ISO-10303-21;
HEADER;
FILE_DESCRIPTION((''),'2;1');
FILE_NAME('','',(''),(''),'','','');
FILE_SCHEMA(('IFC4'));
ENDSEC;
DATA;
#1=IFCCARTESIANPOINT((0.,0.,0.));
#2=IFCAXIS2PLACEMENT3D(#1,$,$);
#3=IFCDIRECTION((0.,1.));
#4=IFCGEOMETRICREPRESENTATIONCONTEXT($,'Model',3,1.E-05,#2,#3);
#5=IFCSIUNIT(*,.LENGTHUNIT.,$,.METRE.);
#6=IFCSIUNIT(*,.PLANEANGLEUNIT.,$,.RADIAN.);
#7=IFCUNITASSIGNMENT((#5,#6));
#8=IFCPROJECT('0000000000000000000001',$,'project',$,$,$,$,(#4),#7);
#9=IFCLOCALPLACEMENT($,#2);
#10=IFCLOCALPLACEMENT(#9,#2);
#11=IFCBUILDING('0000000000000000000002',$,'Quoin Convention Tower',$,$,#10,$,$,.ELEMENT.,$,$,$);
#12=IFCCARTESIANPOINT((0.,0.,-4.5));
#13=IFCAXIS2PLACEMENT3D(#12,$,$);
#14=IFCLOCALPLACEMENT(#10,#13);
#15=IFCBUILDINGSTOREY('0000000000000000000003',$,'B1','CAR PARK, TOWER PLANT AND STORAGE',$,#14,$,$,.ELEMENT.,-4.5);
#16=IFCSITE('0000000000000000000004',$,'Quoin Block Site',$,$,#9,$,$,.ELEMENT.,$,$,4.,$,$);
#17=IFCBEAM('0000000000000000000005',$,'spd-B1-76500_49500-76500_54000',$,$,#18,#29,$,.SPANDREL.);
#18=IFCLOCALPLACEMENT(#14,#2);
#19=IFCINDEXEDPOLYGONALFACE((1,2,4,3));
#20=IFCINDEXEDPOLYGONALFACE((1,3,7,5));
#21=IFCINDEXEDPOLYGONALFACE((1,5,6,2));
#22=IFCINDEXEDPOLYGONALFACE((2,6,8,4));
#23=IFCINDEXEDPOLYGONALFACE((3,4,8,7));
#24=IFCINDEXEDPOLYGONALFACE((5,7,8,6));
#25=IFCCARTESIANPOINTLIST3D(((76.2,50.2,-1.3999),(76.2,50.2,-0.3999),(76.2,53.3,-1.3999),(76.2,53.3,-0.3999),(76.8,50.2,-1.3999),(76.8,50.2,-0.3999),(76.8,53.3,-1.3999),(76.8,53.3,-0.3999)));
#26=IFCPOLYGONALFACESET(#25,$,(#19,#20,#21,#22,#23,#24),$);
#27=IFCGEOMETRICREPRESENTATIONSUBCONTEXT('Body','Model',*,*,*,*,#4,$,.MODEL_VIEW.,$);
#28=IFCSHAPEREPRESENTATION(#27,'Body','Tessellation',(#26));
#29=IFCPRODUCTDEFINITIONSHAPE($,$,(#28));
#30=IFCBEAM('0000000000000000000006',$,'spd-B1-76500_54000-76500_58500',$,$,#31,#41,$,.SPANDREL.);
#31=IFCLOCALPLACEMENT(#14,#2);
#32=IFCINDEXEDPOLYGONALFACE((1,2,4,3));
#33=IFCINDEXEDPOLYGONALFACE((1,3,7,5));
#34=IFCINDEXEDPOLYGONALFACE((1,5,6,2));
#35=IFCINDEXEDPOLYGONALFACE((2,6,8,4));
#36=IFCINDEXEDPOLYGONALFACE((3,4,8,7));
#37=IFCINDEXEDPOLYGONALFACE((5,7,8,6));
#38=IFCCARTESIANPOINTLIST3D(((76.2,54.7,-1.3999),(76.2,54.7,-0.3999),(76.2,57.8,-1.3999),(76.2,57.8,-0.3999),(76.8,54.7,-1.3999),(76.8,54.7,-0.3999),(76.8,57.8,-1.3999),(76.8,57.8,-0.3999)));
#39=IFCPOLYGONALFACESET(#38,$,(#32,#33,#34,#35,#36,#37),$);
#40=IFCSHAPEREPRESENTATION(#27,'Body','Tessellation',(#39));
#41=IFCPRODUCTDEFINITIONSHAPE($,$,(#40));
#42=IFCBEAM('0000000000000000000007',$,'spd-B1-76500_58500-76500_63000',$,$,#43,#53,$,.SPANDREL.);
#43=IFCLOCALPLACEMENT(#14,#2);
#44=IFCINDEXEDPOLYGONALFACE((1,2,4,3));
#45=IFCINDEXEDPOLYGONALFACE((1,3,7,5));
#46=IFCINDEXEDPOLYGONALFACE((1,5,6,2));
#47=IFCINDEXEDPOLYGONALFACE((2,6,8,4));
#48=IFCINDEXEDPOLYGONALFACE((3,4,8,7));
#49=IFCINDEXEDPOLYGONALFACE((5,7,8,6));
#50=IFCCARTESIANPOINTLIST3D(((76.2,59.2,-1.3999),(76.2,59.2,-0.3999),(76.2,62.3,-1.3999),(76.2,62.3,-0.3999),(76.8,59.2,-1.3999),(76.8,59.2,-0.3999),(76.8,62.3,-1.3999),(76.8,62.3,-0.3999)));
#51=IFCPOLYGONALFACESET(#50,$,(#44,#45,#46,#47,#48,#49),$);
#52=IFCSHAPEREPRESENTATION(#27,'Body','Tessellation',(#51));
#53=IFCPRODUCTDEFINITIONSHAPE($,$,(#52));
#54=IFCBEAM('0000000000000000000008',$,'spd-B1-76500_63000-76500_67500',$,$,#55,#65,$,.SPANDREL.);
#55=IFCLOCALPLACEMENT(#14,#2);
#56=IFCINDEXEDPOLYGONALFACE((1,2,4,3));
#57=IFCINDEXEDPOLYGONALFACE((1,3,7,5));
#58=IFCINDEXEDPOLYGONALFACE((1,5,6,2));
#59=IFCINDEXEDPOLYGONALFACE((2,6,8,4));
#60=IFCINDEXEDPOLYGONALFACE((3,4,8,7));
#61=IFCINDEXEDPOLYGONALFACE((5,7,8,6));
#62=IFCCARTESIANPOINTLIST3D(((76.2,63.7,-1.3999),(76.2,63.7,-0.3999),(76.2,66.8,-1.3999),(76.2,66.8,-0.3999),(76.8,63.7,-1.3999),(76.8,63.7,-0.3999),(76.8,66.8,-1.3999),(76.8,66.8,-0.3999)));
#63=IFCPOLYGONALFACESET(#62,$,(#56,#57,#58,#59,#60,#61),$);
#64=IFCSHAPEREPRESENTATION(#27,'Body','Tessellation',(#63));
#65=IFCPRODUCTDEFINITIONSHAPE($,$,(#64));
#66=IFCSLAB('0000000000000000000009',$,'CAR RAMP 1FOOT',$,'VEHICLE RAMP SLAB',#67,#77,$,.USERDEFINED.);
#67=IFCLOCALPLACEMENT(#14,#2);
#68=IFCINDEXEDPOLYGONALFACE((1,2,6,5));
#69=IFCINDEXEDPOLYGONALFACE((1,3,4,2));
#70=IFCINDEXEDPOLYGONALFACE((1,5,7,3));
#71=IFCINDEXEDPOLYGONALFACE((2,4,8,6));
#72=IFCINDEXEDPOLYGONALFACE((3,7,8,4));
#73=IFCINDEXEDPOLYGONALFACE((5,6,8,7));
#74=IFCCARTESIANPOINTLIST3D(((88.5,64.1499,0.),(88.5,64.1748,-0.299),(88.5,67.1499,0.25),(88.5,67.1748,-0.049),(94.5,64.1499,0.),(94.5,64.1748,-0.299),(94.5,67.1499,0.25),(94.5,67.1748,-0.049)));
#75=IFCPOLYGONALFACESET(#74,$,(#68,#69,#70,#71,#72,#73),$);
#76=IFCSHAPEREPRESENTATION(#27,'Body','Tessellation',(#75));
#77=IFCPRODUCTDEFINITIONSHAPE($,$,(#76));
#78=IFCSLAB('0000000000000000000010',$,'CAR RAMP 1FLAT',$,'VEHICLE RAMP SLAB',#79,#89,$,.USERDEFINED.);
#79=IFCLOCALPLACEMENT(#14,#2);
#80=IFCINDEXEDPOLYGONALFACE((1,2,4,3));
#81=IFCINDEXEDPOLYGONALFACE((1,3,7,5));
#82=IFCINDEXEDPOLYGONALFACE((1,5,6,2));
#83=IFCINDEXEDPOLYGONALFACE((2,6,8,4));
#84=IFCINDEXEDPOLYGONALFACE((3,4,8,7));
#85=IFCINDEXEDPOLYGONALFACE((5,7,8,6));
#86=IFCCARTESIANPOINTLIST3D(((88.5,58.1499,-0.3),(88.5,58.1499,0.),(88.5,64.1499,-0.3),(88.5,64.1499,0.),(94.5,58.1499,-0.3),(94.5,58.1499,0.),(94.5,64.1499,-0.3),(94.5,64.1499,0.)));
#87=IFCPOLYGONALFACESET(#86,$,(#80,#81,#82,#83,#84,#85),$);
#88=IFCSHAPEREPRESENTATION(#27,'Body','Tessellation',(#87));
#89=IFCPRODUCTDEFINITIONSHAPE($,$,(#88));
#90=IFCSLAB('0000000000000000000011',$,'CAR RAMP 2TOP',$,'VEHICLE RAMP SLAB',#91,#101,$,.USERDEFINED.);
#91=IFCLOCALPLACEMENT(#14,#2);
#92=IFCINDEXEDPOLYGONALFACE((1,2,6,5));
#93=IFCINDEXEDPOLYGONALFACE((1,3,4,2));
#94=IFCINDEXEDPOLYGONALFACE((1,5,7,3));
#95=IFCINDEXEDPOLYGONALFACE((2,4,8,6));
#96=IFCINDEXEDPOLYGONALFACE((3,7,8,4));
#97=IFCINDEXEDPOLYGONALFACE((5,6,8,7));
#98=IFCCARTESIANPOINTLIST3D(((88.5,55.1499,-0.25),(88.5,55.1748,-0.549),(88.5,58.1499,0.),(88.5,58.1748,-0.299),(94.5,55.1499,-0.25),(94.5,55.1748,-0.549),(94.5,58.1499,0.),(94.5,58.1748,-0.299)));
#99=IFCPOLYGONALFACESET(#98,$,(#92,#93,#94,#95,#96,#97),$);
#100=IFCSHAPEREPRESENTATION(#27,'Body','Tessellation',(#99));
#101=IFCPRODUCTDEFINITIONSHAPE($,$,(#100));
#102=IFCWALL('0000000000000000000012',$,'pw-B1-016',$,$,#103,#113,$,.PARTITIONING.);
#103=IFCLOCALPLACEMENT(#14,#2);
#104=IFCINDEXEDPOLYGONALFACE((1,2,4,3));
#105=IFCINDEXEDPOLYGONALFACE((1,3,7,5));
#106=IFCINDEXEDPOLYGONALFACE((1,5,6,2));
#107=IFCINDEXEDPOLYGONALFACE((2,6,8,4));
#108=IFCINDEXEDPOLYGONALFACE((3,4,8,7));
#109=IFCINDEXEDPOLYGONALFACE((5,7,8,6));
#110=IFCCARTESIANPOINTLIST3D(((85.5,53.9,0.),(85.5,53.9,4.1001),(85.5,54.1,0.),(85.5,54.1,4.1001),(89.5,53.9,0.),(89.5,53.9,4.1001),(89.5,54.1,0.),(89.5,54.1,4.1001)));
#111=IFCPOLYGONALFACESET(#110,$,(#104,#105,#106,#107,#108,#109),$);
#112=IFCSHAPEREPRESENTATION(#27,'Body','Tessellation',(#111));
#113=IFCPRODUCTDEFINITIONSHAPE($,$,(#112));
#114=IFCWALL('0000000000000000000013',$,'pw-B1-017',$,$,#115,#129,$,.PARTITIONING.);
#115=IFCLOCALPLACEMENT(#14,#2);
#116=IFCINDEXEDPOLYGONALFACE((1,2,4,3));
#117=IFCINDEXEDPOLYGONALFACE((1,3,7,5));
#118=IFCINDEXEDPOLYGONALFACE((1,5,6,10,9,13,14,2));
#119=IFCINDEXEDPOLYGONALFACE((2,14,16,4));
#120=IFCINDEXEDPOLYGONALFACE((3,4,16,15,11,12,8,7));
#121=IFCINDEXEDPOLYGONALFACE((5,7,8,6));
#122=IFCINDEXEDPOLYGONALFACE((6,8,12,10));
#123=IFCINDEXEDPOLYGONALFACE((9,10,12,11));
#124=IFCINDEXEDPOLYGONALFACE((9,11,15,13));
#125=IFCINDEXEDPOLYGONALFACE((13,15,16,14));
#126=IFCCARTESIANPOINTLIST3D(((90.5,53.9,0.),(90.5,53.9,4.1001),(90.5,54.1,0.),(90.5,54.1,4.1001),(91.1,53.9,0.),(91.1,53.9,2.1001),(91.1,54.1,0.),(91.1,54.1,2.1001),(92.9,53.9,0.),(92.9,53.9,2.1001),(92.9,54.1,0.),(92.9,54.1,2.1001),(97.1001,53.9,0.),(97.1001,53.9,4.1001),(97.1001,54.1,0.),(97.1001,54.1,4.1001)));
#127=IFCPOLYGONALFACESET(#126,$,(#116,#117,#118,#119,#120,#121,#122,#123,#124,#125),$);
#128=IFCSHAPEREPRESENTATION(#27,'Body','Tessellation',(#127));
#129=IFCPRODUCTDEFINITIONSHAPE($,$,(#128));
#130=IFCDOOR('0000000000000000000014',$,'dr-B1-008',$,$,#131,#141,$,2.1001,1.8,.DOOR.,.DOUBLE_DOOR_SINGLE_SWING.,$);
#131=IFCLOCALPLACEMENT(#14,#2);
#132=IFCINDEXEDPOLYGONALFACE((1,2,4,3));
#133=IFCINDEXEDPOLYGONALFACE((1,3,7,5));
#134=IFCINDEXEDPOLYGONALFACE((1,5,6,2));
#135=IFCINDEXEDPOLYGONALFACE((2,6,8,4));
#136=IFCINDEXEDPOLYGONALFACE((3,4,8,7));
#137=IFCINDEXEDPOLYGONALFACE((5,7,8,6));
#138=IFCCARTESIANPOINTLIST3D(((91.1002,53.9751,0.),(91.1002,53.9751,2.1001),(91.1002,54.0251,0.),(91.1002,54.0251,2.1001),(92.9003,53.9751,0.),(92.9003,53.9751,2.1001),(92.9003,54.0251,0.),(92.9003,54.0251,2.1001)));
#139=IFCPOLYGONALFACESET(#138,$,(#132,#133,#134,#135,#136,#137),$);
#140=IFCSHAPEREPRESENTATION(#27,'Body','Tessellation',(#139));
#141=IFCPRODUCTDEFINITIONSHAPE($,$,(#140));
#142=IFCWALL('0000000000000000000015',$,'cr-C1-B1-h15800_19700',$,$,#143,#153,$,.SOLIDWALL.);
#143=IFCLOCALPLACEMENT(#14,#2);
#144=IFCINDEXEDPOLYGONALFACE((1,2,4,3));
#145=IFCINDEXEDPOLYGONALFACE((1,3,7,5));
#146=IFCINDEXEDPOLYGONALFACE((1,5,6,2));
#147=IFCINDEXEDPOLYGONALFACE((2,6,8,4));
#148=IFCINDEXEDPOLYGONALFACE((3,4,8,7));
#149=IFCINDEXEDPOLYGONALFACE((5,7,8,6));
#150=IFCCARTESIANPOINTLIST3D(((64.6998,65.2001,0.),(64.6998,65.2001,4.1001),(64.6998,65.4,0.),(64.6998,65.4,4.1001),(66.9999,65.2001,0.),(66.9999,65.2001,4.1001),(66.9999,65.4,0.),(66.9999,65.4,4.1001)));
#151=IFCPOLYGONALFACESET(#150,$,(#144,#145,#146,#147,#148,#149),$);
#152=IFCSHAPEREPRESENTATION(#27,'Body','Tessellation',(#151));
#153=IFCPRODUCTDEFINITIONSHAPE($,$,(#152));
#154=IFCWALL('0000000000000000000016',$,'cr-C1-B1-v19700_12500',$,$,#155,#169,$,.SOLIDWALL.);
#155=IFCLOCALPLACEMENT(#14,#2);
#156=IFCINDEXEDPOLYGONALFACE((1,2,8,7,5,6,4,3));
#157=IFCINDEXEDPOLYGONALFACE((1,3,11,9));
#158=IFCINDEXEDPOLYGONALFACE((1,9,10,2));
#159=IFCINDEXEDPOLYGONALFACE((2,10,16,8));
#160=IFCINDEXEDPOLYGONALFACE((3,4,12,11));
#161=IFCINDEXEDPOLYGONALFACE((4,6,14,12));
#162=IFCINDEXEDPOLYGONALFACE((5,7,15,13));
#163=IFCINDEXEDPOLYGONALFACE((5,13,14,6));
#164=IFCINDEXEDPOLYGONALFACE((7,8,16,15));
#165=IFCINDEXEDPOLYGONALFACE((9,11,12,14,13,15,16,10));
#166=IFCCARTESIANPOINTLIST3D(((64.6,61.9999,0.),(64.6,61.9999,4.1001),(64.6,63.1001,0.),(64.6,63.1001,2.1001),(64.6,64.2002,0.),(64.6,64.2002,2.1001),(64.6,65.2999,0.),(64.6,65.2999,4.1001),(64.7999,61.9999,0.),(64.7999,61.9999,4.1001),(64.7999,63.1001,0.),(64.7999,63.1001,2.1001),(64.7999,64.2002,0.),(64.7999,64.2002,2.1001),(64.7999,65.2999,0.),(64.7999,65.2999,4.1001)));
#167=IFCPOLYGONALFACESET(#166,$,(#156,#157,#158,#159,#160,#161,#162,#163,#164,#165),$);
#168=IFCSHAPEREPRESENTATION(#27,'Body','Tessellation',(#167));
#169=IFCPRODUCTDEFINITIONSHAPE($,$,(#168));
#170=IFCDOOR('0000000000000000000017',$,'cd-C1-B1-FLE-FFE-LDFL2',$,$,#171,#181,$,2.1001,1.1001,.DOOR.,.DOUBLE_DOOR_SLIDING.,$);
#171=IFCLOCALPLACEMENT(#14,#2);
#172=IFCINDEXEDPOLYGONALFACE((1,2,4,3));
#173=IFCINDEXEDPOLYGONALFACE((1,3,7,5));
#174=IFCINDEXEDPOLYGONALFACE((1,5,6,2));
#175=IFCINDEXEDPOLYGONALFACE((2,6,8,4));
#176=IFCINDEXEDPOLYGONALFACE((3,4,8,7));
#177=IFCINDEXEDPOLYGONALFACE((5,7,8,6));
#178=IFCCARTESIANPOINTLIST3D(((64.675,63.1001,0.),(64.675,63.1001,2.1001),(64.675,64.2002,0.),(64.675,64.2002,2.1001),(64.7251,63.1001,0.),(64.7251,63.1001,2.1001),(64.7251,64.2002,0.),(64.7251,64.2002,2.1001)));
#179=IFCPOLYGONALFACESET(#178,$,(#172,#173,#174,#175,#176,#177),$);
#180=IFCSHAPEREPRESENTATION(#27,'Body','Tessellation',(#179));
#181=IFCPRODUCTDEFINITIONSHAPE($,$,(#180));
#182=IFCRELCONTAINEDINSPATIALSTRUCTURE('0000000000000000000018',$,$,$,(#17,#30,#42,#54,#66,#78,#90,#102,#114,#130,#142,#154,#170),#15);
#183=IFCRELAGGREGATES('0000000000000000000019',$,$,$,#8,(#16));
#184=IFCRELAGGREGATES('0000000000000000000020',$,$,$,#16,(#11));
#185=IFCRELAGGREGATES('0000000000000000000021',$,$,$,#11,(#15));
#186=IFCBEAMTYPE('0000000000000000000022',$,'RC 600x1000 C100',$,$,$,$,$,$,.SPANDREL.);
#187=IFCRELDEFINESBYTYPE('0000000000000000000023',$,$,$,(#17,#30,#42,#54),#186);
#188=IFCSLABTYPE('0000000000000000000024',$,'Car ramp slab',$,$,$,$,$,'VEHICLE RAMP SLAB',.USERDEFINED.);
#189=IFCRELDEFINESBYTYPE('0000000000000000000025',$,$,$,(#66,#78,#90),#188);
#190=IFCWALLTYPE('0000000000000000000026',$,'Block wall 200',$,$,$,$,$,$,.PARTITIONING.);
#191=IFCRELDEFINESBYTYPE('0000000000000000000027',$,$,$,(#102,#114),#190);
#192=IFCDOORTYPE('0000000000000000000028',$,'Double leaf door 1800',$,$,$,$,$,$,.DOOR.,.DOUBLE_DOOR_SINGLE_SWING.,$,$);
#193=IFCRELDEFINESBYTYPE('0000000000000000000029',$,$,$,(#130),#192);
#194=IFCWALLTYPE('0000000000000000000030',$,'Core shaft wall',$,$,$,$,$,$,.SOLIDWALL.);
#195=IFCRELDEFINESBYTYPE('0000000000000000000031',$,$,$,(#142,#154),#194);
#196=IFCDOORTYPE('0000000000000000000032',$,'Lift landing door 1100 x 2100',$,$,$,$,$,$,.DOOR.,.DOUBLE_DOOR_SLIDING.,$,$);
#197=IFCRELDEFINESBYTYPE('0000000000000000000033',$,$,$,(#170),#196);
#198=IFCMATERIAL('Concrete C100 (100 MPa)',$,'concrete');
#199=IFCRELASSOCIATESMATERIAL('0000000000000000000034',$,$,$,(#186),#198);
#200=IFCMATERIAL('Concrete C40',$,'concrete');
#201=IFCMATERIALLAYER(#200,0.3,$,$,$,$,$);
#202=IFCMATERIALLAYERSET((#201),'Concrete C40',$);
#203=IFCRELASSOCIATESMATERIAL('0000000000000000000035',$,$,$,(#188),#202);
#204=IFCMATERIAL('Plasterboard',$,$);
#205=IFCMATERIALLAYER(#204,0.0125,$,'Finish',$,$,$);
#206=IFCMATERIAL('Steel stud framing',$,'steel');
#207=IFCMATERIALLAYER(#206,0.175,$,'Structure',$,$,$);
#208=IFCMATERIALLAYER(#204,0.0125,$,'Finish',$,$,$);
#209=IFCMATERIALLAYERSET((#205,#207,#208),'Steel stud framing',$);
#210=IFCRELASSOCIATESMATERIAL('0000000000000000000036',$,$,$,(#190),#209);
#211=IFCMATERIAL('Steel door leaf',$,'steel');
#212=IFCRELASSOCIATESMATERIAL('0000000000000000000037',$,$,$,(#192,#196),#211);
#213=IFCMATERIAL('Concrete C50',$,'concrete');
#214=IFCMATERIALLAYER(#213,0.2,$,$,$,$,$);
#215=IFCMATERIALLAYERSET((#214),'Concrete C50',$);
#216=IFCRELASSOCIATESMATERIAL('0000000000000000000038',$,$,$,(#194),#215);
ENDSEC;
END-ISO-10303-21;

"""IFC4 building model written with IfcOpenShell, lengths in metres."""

from ifc_helpers import new_model, si_unit, direction, frame, frame_2d, origin, origin_2d, place, context, subcontext, project, spatial, polyline, rectangle, outline, extrude, material, layer, layer_set, material_profile, profile_set, type_object, element, fill, save


model = new_model("IFC4")

# Units and contexts
model_context = context("Model", 3, precision=1e-05, world=origin(), true_north=direction((0.0, 1.0)))
body_context = subcontext(model_context, "Body", "Model", "MODEL_VIEW")
ifc_project = project(units=[si_unit("LENGTHUNIT", "METRE"), si_unit("PLANEANGLEUNIT", "RADIAN")], contexts=[model_context])

# Site, building, storey
site_placement = place(None, origin())
site = spatial("IfcSite", under=ifc_project, at=site_placement, Name="Quoin Block Site", CompositionType="ELEMENT", RefElevation=4.0)
building_placement = place(site_placement, origin())
building = spatial("IfcBuilding", under=site, at=building_placement, Name="Quoin Convention Tower", CompositionType="ELEMENT")
storey_placement = place(building_placement, frame((0.0, 0.0, -4.5)))
storey = spatial("IfcBuildingStorey", under=building, at=storey_placement, Name="B1", Description="CAR PARK, TOWER PLANT AND STORAGE", CompositionType="ELEMENT", Elevation=-4.5)

# Shared definitions
ifc_material_1 = material(Name="Concrete C100 (100 MPa)", Category="concrete")

# Beams
ifc_material_profile_1 = material_profile(ifc_material_1, rectangle(XDim=0.6001, YDim=1.0, at=origin_2d()), Name="RC 600x1000")
ifc_profile_set_1 = profile_set([ifc_material_profile_1], Name="Concrete C100 (100 MPa)")
beam_type = type_object("IfcBeamType", Name="RC 600x1000 C100", PredefinedType="SPANDREL", material=ifc_profile_set_1)
for number, where, z_axis, x_axis, name in (
    (1, (76.5, 50.2, -0.8999), (0.0, 1.0, 0.0), (-1.0, 0.0, 0.0), "spd-B1-76500_49500-76500_54000"),
    (2, (76.5, 54.7, -0.8999), (0.0, 1.0, 0.0), (-1.0, 0.0, 0.0), "spd-B1-76500_54000-76500_58500"),
    (3, (76.5, 59.2, -0.8999), (0.0, 1.0, 0.0), (-1.0, 0.0, 0.0), "spd-B1-76500_58500-76500_63000"),
    (4, (76.5, 63.7, -0.8999), (0.0, 1.0, 0.0), (-1.0, 0.0, 0.0), "spd-B1-76500_63000-76500_67500"),
):
    element("IfcBeam", number, at=place(storey_placement, frame(where, z_axis=z_axis, x_axis=x_axis)), inside=storey, type_object=beam_type, Name=name, PredefinedType="SPANDREL", context=body_context, shape_type="SweptSolid", body=[
        extrude(rectangle(XDim=0.6001, YDim=1.0, at=origin_2d()), origin(), (0.0, 0.0, 1.0), 3.1001),
    ])

# Slabs
ifc_material_2 = material(Name="Concrete C40", Category="concrete")
ifc_layer_1 = layer(ifc_material_2, 0.3)
ifc_layer_set_1 = layer_set([ifc_layer_1], Name="Concrete C40")
slab_type = type_object("IfcSlabType", Name="Car ramp slab", ElementType="VEHICLE RAMP SLAB", PredefinedType="USERDEFINED", material=ifc_layer_set_1)
slab_1_placement = place(storey_placement, frame((88.5, 67.1499, 0.25), z_axis=(0.0, -0.083045, 0.996546), x_axis=(1.0, 0.0, 0.0)))
element("IfcSlab", 5, at=slab_1_placement, inside=storey, type_object=slab_type, Name="CAR RAMP 1FOOT", ObjectType="VEHICLE RAMP SLAB", PredefinedType="USERDEFINED", context=body_context, shape_type="SweptSolid", body=[
    extrude(outline(polyline([(0.0, 0.0), (6.0, 0.0), (6.0, -3.0104), (0.0, -3.0104), (0.0, 0.0)])), origin(), (0.0, 0.0, -1.0), 0.3),
])
slab_2_placement = place(storey_placement, frame((88.5, 64.1499, 0.0), z_axis=(0.0, 0.0, 1.0), x_axis=(1.0, 0.0, 0.0)))
element("IfcSlab", 6, at=slab_2_placement, inside=storey, type_object=slab_type, Name="CAR RAMP 1FLAT", ObjectType="VEHICLE RAMP SLAB", PredefinedType="USERDEFINED", context=body_context, shape_type="SweptSolid", body=[
    extrude(outline(polyline([(0.0, 0.0), (6.0, 0.0), (6.0, -6.0), (0.0, -6.0), (0.0, 0.0)])), origin(), (0.0, 0.0, -1.0), 0.3),
])
slab_3_placement = place(storey_placement, frame((88.5, 58.1499, 0.0), z_axis=(0.0, -0.083045, 0.996546), x_axis=(1.0, 0.0, 0.0)))
element("IfcSlab", 7, at=slab_3_placement, inside=storey, type_object=slab_type, Name="CAR RAMP 2TOP", ObjectType="VEHICLE RAMP SLAB", PredefinedType="USERDEFINED", context=body_context, shape_type="SweptSolid", body=[
    extrude(outline(polyline([(0.0, 0.0), (6.0, 0.0), (6.0, -3.0104), (0.0, -3.0104), (0.0, 0.0)])), origin(), (0.0, 0.0, -1.0), 0.3),
])

# Wall
ifc_material_3 = material(Name="Plasterboard")
ifc_layer_2 = layer(ifc_material_3, 0.0125, Name="Finish")
ifc_material_4 = material(Name="Steel stud framing", Category="steel")
ifc_layer_3 = layer(ifc_material_4, 0.175, Name="Structure")
ifc_layer_4 = layer(ifc_material_3, 0.0125, Name="Finish")
ifc_layer_set_2 = layer_set([ifc_layer_2, ifc_layer_3, ifc_layer_4], Name="Steel stud framing")
wall_type_1 = type_object("IfcWallType", Name="Block wall 200", PredefinedType="PARTITIONING", material=ifc_layer_set_2)
wall_1_placement = place(storey_placement, frame((85.5, 54.0, 0.0), z_axis=(0.0, 0.0, 1.0), x_axis=(1.0, 0.0, 0.0)))
element("IfcWall", 8, at=wall_1_placement, inside=storey, type_object=wall_type_1, Name="pw-B1-016", PredefinedType="PARTITIONING", context=body_context, shape_type="SweptSolid", body=[
    extrude(rectangle(XDim=4.0, YDim=0.2, at=frame_2d((2.0, 0.0))), origin(), (0.0, 0.0, 1.0), 4.1001),
])

# Wall, opening, door
wall_2_placement = place(storey_placement, frame((90.5, 54.0, 0.0), z_axis=(0.0, 0.0, 1.0), x_axis=(1.0, 0.0, 0.0)))
wall_2 = element("IfcWall", 9, at=wall_2_placement, inside=storey, type_object=wall_type_1, Name="pw-B1-017", PredefinedType="PARTITIONING", context=body_context, shape_type="SweptSolid", body=[
    extrude(rectangle(XDim=6.6001, YDim=0.2, at=frame_2d((3.3, 0.0))), origin(), (0.0, 0.0, 1.0), 4.1001),
])
opening_1_placement = place(wall_2_placement, frame((0.6001, 0.0, 0.0)))
opening_1 = element("IfcOpeningElement", 10, at=opening_1_placement, cuts=wall_2, PredefinedType="OPENING", context=body_context, shape_type="SweptSolid", body=[
    extrude(rectangle(XDim=1.8, YDim=2.1001, at=frame_2d((0.8999, 1.05))), frame((0.0, 0.1099, 0.0), z_axis=(0.0, -1.0, 0.0), x_axis=(1.0, 0.0, 0.0)), (0.0, 0.0, 1.0), 0.22),
])
ifc_material_5 = material(Name="Steel door leaf", Category="steel")
door_type_1 = type_object("IfcDoorType", Name="Double leaf door 1800", OperationType="DOUBLE_DOOR_SINGLE_SWING", PredefinedType="DOOR", material=ifc_material_5)
door_1_placement = place(opening_1_placement, frame((1.8, 0.0, 0.0), z_axis=(0.0, 0.0, 1.0), x_axis=(-1.0, 0.0, 0.0)))
door_1 = element("IfcDoor", 11, at=door_1_placement, inside=storey, type_object=door_type_1, Name="dr-B1-008", OperationType="DOUBLE_DOOR_SINGLE_SWING", OverallHeight=2.1001, OverallWidth=1.8, PredefinedType="DOOR", context=body_context, shape_type="SweptSolid", body=[
    extrude(rectangle(XDim=1.8, YDim=2.1001, at=frame_2d((0.8999, 1.05))), frame((0.0, 0.0249, 0.0), z_axis=(0.0, -1.0, 0.0), x_axis=(1.0, 0.0, 0.0)), (0.0, 0.0, 1.0), 0.05),
])
fill(opening_1, door_1)

# Wall
ifc_material_6 = material(Name="Concrete C50", Category="concrete")
ifc_layer_5 = layer(ifc_material_6, 0.2)
ifc_layer_set_3 = layer_set([ifc_layer_5], Name="Concrete C50")
wall_type_2 = type_object("IfcWallType", Name="Core shaft wall", PredefinedType="SOLIDWALL", material=ifc_layer_set_3)
wall_3_placement = place(storey_placement, frame((64.7, 65.3, 0.0), z_axis=(0.0, 0.0, 1.0), x_axis=(1.0, 0.0, 0.0)))
element("IfcWall", 12, at=wall_3_placement, inside=storey, type_object=wall_type_2, Name="cr-C1-B1-h15800_19700", PredefinedType="SOLIDWALL", context=body_context, shape_type="SweptSolid", body=[
    extrude(rectangle(XDim=2.3, YDim=0.2, at=frame_2d((1.1499, 0.0))), origin(), (0.0, 0.0, 1.0), 4.1001),
])

# Wall, opening, door
wall_4_placement = place(storey_placement, frame((64.7, 62.0, 0.0), z_axis=(0.0, 0.0, 1.0), x_axis=(0.0, 1.0, 0.0)))
wall_4 = element("IfcWall", 13, at=wall_4_placement, inside=storey, type_object=wall_type_2, Name="cr-C1-B1-v19700_12500", PredefinedType="SOLIDWALL", context=body_context, shape_type="SweptSolid", body=[
    extrude(rectangle(XDim=3.3, YDim=0.2, at=frame_2d((1.6499, 0.0))), origin(), (0.0, 0.0, 1.0), 4.1001),
])
opening_2_placement = place(wall_4_placement, frame((1.1001, 0.0, 0.0)))
opening_2 = element("IfcOpeningElement", 14, at=opening_2_placement, cuts=wall_4, PredefinedType="OPENING", context=body_context, shape_type="SweptSolid", body=[
    extrude(rectangle(XDim=1.1001, YDim=2.1001, at=frame_2d((0.55, 1.05))), frame((0.0, 0.1099, 0.0), z_axis=(0.0, -1.0, 0.0), x_axis=(1.0, 0.0, 0.0)), (0.0, 0.0, 1.0), 0.22),
])
door_type_2 = type_object("IfcDoorType", Name="Lift landing door 1100 x 2100", OperationType="DOUBLE_DOOR_SLIDING", PredefinedType="DOOR", material=ifc_material_5)
door_2_placement = place(opening_2_placement, origin())
door_2 = element("IfcDoor", 15, at=door_2_placement, inside=storey, type_object=door_type_2, Name="cd-C1-B1-FLE-FFE-LDFL2", OperationType="DOUBLE_DOOR_SLIDING", OverallHeight=2.1001, OverallWidth=1.1001, PredefinedType="DOOR", context=body_context, shape_type="SweptSolid", body=[
    extrude(rectangle(XDim=1.1001, YDim=2.1001, at=frame_2d((0.55, 1.05))), frame((0.0, 0.0249, 0.0), z_axis=(0.0, -1.0, 0.0), x_axis=(1.0, 0.0, 0.0)), (0.0, 0.0, 1.0), 0.05),
])
fill(opening_2, door_2)

save(model, "model.ifc")
